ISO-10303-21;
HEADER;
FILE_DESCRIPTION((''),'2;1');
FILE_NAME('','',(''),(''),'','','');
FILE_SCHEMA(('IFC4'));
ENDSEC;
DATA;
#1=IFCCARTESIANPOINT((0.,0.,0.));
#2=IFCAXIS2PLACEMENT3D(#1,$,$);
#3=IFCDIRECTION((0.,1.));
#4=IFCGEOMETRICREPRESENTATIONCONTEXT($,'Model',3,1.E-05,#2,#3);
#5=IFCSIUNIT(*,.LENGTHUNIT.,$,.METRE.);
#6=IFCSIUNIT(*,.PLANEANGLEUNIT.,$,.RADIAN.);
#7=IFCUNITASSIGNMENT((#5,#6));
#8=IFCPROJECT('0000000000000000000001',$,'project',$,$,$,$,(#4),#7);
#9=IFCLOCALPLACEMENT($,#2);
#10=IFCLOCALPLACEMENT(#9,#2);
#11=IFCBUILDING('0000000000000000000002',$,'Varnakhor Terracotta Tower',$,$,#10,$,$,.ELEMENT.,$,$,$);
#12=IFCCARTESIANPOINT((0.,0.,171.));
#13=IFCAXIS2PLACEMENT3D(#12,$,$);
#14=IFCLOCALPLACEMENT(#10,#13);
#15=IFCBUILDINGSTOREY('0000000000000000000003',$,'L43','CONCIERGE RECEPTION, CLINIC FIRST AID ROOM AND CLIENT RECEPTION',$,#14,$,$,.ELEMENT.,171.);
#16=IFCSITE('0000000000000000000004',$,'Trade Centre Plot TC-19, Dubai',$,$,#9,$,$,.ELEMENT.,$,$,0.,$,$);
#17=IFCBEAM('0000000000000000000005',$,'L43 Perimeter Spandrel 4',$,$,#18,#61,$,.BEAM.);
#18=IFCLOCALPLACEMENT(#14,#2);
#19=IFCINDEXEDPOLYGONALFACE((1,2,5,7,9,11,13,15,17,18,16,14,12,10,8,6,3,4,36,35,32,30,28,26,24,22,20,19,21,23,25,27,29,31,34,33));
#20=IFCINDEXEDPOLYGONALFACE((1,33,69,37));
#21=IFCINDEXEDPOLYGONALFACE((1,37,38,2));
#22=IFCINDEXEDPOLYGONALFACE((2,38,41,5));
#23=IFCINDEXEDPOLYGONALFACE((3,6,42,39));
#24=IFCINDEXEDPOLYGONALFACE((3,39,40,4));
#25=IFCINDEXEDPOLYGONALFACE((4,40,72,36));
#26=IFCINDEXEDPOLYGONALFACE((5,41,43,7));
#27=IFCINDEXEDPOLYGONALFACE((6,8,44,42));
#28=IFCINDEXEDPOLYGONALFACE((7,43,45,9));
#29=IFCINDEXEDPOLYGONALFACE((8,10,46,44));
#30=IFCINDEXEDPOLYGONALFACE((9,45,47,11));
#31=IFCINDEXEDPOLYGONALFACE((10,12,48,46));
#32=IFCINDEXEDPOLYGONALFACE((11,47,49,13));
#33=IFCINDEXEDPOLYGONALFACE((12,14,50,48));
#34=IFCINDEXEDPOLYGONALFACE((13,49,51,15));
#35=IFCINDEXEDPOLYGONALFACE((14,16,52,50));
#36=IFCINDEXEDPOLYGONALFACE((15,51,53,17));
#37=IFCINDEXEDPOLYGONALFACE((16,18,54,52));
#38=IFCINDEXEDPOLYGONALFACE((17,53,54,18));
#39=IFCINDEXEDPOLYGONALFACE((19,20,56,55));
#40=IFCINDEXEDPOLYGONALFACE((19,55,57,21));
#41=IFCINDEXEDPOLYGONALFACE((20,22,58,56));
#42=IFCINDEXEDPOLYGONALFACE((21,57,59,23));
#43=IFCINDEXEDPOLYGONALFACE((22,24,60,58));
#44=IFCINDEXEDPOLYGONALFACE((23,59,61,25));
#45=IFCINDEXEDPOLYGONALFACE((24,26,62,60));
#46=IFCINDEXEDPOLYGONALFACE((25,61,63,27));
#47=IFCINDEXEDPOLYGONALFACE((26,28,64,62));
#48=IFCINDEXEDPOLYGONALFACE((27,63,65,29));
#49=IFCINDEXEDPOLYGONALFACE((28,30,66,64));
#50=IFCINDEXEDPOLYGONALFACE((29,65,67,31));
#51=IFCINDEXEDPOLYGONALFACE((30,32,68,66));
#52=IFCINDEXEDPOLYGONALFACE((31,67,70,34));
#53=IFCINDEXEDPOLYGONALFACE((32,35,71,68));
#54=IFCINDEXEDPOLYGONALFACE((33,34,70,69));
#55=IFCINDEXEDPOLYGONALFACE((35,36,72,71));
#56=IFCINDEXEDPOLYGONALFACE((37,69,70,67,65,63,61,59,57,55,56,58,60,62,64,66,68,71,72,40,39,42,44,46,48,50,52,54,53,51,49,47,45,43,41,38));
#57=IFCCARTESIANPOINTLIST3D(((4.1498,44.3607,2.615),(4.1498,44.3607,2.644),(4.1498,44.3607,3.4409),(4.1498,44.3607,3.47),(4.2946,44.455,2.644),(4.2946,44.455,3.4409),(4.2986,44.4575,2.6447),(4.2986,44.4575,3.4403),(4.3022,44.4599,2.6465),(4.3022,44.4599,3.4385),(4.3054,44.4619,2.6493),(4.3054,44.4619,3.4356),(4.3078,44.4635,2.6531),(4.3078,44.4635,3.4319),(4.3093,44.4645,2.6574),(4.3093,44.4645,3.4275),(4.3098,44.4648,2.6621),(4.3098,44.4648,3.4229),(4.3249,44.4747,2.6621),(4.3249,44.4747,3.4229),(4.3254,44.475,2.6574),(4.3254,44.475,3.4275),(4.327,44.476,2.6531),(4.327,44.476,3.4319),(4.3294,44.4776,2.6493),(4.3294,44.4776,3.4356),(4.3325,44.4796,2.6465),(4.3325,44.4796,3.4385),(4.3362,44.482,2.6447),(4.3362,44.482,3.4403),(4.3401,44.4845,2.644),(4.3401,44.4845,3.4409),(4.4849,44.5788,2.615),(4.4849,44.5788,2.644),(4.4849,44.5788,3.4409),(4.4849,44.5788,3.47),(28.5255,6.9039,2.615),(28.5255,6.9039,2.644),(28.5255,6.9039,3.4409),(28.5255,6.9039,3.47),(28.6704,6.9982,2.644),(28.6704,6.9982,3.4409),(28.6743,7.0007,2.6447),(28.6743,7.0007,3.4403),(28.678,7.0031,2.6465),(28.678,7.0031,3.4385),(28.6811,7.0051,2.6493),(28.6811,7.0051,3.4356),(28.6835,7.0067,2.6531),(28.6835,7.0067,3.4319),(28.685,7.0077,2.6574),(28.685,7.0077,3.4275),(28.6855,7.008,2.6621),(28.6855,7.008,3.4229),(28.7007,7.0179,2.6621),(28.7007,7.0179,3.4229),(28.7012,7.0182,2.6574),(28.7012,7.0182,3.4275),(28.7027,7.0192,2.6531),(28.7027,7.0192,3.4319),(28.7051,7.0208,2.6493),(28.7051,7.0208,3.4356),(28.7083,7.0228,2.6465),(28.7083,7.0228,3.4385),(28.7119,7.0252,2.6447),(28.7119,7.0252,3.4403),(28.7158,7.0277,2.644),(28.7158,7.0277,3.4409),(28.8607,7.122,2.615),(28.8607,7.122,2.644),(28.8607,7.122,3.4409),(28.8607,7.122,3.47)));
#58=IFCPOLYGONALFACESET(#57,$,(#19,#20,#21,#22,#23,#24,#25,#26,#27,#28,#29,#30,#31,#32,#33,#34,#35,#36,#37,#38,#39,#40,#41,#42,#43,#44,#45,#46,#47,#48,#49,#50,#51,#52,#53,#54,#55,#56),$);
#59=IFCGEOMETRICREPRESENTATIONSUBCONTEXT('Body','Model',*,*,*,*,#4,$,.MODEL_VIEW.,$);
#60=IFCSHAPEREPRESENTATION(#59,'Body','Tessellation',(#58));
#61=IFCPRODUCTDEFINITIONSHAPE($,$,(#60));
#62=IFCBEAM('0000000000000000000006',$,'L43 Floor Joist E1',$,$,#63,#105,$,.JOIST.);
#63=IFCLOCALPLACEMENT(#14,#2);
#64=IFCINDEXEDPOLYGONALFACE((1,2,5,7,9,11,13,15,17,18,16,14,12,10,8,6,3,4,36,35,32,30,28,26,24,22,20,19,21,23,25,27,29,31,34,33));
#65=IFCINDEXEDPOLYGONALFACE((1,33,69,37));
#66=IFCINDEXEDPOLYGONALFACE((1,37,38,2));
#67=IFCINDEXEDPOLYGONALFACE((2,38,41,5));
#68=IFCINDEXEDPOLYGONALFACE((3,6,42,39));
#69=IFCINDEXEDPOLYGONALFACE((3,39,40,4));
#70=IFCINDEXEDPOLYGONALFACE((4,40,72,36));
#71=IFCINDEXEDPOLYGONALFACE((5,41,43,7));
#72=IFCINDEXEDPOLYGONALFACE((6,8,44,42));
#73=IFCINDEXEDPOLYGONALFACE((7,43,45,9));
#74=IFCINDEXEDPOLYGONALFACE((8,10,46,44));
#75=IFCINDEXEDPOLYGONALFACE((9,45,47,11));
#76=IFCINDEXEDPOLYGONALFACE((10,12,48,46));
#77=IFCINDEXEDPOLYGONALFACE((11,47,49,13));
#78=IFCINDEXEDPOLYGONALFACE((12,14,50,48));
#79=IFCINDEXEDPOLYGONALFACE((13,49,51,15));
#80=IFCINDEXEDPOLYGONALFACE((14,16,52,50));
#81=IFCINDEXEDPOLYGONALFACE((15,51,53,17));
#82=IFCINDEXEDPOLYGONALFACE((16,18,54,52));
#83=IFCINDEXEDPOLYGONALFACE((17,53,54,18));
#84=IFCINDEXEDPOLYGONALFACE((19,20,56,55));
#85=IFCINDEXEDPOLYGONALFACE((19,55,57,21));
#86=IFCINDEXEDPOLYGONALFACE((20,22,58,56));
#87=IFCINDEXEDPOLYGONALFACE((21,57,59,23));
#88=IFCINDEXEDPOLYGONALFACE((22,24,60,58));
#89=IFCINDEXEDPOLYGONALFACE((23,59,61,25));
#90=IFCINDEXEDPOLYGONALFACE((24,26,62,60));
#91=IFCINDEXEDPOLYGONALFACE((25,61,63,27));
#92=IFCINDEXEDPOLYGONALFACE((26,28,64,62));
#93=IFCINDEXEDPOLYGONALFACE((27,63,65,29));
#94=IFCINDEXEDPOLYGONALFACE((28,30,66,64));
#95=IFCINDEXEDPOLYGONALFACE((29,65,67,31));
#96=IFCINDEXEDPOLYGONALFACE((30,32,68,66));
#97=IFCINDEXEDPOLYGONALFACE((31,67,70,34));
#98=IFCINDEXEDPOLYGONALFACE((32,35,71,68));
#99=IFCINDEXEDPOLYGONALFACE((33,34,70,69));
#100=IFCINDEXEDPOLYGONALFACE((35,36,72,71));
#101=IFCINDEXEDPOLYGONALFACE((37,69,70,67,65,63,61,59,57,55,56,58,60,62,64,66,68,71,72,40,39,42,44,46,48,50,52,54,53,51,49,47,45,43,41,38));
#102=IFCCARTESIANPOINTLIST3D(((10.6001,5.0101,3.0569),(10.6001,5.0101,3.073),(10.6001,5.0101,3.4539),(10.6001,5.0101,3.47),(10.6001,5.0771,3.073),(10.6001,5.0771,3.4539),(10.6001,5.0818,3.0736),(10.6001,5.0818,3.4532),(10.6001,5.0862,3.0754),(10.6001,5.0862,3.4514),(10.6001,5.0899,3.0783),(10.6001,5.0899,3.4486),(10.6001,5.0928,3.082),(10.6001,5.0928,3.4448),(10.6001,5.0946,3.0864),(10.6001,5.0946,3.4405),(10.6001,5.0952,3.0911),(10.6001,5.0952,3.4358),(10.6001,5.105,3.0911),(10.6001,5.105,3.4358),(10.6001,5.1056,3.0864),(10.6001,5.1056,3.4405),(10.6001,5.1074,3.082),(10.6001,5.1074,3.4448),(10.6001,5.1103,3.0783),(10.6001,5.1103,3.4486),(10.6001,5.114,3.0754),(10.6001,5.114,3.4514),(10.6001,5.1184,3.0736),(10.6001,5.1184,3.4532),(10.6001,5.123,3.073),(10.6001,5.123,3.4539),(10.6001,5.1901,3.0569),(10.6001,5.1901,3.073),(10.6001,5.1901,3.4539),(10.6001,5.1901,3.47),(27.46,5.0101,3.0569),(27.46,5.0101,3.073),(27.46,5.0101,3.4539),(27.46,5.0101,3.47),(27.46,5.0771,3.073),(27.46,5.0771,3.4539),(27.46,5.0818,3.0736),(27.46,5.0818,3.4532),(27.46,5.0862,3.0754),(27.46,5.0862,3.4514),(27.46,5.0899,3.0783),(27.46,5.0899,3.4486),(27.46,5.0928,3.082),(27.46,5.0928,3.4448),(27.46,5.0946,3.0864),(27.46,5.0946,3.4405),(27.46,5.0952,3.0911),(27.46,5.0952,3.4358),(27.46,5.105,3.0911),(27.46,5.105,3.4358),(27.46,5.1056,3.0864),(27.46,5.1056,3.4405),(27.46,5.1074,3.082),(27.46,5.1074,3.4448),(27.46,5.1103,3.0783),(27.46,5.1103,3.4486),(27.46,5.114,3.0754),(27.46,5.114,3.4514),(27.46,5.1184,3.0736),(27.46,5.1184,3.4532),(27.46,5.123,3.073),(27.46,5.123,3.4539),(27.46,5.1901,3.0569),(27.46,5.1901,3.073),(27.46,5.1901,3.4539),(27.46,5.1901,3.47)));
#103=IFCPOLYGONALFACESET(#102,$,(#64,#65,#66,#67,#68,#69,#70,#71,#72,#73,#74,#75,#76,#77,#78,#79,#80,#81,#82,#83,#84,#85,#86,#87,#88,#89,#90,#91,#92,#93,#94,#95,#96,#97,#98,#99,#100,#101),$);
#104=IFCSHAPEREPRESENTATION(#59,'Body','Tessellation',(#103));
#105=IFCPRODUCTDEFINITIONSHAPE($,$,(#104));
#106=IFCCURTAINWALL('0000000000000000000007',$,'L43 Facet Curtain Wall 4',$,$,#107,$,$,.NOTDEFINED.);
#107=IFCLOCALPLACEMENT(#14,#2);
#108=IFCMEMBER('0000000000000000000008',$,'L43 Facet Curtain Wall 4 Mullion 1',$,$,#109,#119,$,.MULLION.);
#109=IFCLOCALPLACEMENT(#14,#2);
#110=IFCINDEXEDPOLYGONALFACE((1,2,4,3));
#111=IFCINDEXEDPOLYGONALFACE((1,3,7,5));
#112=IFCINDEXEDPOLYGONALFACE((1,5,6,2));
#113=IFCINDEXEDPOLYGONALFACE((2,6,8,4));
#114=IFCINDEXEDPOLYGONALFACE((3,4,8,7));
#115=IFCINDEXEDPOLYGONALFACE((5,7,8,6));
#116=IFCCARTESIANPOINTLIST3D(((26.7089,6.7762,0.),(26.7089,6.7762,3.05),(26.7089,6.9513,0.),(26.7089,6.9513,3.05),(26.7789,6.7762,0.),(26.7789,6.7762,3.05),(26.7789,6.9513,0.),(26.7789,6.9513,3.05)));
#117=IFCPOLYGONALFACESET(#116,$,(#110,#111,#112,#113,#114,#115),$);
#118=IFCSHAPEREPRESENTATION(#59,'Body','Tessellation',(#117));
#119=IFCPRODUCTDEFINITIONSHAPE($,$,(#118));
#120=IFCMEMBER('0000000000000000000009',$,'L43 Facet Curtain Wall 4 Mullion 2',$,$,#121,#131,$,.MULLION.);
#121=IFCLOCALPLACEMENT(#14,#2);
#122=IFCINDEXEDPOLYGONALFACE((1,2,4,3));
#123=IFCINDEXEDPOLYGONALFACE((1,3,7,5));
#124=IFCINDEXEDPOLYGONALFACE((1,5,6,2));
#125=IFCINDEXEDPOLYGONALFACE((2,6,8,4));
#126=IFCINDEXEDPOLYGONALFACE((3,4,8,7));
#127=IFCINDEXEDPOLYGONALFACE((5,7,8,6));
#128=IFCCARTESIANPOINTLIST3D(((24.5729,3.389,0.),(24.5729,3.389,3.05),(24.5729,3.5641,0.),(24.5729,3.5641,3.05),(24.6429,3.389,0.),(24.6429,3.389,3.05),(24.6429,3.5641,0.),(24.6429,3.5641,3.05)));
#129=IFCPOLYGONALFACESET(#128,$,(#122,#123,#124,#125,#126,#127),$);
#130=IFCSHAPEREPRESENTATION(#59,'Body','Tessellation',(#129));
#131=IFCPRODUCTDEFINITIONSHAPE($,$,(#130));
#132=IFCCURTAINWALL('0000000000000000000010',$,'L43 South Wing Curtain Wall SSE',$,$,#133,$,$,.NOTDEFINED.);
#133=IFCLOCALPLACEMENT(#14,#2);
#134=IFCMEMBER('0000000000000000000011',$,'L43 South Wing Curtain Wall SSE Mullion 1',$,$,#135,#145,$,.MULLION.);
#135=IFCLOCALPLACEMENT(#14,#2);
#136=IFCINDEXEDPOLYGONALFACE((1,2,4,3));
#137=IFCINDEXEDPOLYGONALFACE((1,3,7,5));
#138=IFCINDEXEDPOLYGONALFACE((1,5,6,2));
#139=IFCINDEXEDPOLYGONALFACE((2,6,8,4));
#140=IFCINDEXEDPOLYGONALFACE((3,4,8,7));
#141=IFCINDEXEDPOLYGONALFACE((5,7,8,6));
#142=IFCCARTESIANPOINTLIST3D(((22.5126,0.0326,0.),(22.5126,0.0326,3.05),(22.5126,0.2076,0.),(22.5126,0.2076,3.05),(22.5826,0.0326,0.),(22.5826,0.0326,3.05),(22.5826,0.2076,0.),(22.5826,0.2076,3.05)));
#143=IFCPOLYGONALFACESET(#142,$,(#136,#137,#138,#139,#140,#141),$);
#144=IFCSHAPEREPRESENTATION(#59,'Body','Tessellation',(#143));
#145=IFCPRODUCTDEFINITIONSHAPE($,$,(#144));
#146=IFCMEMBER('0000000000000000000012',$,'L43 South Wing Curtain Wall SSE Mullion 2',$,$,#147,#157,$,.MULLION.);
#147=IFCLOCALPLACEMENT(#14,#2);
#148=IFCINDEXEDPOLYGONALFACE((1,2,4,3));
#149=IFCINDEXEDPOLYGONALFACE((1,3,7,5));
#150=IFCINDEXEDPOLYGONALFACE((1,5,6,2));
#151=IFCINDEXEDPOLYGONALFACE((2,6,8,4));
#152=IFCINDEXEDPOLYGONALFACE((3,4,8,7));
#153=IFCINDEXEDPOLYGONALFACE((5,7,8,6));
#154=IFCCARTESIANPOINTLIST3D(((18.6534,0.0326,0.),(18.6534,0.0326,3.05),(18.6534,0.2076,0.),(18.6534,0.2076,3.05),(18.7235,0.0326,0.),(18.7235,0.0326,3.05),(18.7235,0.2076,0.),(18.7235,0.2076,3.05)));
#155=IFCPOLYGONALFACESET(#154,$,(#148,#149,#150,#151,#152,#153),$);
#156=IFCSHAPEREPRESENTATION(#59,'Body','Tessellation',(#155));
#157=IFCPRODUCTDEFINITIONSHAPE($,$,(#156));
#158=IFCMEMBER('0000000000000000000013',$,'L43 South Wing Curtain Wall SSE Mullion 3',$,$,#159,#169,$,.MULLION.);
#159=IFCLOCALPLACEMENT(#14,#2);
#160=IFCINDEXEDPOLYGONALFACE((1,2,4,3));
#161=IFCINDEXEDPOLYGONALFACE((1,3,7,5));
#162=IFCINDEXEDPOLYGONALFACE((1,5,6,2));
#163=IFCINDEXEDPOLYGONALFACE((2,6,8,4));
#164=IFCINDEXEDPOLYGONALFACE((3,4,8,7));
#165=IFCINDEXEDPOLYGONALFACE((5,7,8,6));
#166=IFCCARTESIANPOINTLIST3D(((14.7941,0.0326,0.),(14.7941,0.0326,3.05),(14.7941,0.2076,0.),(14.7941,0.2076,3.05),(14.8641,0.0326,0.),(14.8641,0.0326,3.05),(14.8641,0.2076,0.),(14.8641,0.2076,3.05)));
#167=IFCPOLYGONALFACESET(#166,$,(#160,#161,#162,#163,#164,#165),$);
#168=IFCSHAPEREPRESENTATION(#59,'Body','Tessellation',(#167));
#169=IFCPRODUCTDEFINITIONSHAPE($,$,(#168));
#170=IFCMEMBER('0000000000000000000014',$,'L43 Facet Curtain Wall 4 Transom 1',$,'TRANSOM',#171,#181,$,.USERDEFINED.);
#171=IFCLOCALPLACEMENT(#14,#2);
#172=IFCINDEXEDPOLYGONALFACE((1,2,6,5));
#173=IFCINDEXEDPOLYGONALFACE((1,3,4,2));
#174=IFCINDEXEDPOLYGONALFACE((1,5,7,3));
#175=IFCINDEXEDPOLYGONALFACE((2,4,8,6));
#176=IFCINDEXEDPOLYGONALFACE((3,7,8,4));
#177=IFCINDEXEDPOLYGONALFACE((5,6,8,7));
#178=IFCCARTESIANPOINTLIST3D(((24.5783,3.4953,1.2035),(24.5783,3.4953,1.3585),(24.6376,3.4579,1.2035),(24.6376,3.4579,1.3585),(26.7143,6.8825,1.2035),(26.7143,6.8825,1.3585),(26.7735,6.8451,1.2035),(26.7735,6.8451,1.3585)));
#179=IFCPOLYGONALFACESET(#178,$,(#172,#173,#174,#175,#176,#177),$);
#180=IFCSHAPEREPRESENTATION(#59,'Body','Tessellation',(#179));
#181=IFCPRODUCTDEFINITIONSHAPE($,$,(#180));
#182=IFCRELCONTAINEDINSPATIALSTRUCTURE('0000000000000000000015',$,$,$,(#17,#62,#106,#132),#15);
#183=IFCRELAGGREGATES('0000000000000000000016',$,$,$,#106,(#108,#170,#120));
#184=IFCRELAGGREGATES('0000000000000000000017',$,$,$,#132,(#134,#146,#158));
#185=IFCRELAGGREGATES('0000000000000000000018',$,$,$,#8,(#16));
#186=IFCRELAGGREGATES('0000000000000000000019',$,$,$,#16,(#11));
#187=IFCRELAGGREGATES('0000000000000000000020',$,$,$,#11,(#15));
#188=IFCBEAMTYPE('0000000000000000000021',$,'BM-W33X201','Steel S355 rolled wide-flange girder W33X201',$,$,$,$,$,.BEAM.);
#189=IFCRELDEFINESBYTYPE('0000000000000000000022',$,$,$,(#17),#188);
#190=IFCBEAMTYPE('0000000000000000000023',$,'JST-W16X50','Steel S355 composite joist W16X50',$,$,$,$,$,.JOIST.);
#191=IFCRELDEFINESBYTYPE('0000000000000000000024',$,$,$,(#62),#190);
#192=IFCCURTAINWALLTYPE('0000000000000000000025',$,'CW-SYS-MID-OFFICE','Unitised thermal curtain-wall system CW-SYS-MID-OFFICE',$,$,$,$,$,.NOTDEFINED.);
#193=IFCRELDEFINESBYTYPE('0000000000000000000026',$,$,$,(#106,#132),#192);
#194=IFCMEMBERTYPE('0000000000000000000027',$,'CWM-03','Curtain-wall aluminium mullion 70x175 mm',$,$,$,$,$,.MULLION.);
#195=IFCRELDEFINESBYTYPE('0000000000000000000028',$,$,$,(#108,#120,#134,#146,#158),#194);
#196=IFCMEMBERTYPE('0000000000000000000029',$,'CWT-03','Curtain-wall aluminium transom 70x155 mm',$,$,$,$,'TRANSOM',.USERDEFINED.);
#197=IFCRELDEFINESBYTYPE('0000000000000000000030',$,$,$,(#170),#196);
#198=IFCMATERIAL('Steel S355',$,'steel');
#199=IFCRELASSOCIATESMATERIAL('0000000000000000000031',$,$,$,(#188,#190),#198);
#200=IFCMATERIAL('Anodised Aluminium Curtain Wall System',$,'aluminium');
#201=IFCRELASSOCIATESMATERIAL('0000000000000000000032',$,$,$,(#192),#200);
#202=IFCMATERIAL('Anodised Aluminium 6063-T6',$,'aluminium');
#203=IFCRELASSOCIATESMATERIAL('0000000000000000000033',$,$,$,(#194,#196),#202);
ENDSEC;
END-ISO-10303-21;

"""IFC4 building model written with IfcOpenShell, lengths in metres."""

from ifc_helpers import new_model, si_unit, direction, frame, origin, origin_2d, place, context, subcontext, project, spatial, rectangle, i_section, extrude, source, transform, mapped, material, material_profile, profile_set, type_object, element, aggregate, save


model = new_model("IFC4")

# Units and contexts
model_context = context("Model", 3, precision=1e-05, world=origin(), true_north=direction((0.0, 1.0)))
body_context = subcontext(model_context, "Body", "Model", "MODEL_VIEW")
ifc_project = project(units=[si_unit("LENGTHUNIT", "METRE"), si_unit("PLANEANGLEUNIT", "RADIAN")], contexts=[model_context])

# Site, building, storey
site_placement = place(None, origin())
site = spatial("IfcSite", under=ifc_project, at=site_placement, Name="Trade Centre Plot TC-19, Dubai", CompositionType="ELEMENT", RefElevation=0.0)
building_placement = place(site_placement, origin())
building = spatial("IfcBuilding", under=site, at=building_placement, Name="Varnakhor Terracotta Tower", CompositionType="ELEMENT")
storey_placement = place(building_placement, frame((0.0, 0.0, 171.0)))
storey = spatial("IfcBuildingStorey", under=building, at=storey_placement, Name="L43", Description="CONCIERGE RECEPTION, CLINIC FIRST AID ROOM AND CLIENT RECEPTION", CompositionType="ELEMENT", Elevation=171.0)

# Beams
ifc_material_1 = material(Name="Steel S355", Category="steel")
ifc_material_profile_1 = material_profile(ifc_material_1, i_section(OverallWidth=0.3999, OverallDepth=0.855, WebThickness=0.0181, FlangeThickness=0.0291, FilletRadius=0.0181, at=origin_2d()), Name="W33X201")
ifc_profile_set_1 = profile_set([ifc_material_profile_1], Name="Steel S355")
beam_type_1 = type_object("IfcBeamType", Name="BM-W33X201", Description="Steel S355 rolled wide-flange girder W33X201", PredefinedType="BEAM", material=ifc_profile_set_1)
shared_shape_1 = source(origin(), body_context, "Body", "SweptSolid", [
    extrude(i_section(OverallWidth=0.3999, OverallDepth=0.855, WebThickness=0.0181, FlangeThickness=0.0291, FilletRadius=0.0181, at=origin_2d()), origin(), (0.0, 0.0, 1.0), 44.6899),
])
beam_1_placement = place(storey_placement, frame((28.6931, 7.0129, 3.0425), z_axis=(-0.545442, 0.838149, 0.0), x_axis=(-0.838149, -0.545442, 0.0)))
element("IfcBeam", 1, at=beam_1_placement, inside=storey, type_object=beam_type_1, Name="L43 Perimeter Spandrel 4", PredefinedType="BEAM", context=body_context, shape_type="MappedRepresentation", body=[
    mapped(shared_shape_1, transform((0.0, 0.0, 0.0), scale=1.0)),
])
ifc_material_profile_2 = material_profile(ifc_material_1, i_section(OverallWidth=0.1799, OverallDepth=0.4131, WebThickness=0.0098, FlangeThickness=0.0161, FilletRadius=0.0181, at=origin_2d()), Name="W16X50")
ifc_profile_set_2 = profile_set([ifc_material_profile_2], Name="Steel S355")
beam_type_2 = type_object("IfcBeamType", Name="JST-W16X50", Description="Steel S355 composite joist W16X50", PredefinedType="JOIST", material=ifc_profile_set_2)
shared_shape_2 = source(origin(), body_context, "Body", "SweptSolid", [
    extrude(i_section(OverallWidth=0.1799, OverallDepth=0.4131, WebThickness=0.0098, FlangeThickness=0.0161, FilletRadius=0.0181, at=origin_2d()), origin(), (0.0, 0.0, 1.0), 16.8599),
])
beam_2_placement = place(storey_placement, frame((10.6001, 5.1001, 3.2634), z_axis=(1.0, 0.0, 0.0), x_axis=(0.0, 1.0, 0.0)))
element("IfcBeam", 2, at=beam_2_placement, inside=storey, type_object=beam_type_2, Name="L43 Floor Joist E1", PredefinedType="JOIST", context=body_context, shape_type="MappedRepresentation", body=[
    mapped(shared_shape_2, transform((0.0, 0.0, 0.0), scale=1.0)),
])

# Curtain walls, members
ifc_material_2 = material(Name="Anodised Aluminium Curtain Wall System", Category="aluminium")
curtain_wall_type = type_object("IfcCurtainWallType", Name="CW-SYS-MID-OFFICE", Description="Unitised thermal curtain-wall system CW-SYS-MID-OFFICE", PredefinedType="NOTDEFINED", material=ifc_material_2)
curtain_wall_1_placement = place(storey_placement, origin())
curtain_wall_1 = element("IfcCurtainWall", 3, at=curtain_wall_1_placement, inside=storey, type_object=curtain_wall_type, Name="L43 Facet Curtain Wall 4", PredefinedType="NOTDEFINED")
ifc_material_3 = material(Name="Anodised Aluminium 6063-T6", Category="aluminium")
ifc_material_profile_3 = material_profile(ifc_material_3, rectangle(XDim=0.0701, YDim=0.175, at=origin_2d()), Name="ALU MULLION 70x175")
ifc_profile_set_3 = profile_set([ifc_material_profile_3], Name="Anodised Aluminium 6063-T6")
member_type_1 = type_object("IfcMemberType", Name="CWM-03", Description="Curtain-wall aluminium mullion 70x175 mm", PredefinedType="MULLION", material=ifc_profile_set_3)
shared_shape_3 = source(origin(), body_context, "Body", "SweptSolid", [
    extrude(rectangle(XDim=0.0701, YDim=0.175, at=origin_2d()), origin(), (0.0, 0.0, 1.0), 3.05),
])
member_1_placement = place(storey_placement, frame((26.7439, 6.8638, 0.0), z_axis=(0.0, 0.0, 1.0), x_axis=(1.0, 0.0, 0.0)))
member_1 = element("IfcMember", 4, at=member_1_placement, type_object=member_type_1, Name="L43 Facet Curtain Wall 4 Mullion 1", PredefinedType="MULLION", context=body_context, shape_type="MappedRepresentation", body=[
    mapped(shared_shape_3, transform((0.0, 0.0, 0.0), scale=1.0)),
])
member_2_placement = place(storey_placement, frame((24.6079, 3.4766, 0.0), z_axis=(0.0, 0.0, 1.0), x_axis=(1.0, 0.0, 0.0)))
member_2 = element("IfcMember", 5, at=member_2_placement, type_object=member_type_1, Name="L43 Facet Curtain Wall 4 Mullion 2", PredefinedType="MULLION", context=body_context, shape_type="MappedRepresentation", body=[
    mapped(shared_shape_3, transform((0.0, 0.0, 0.0), scale=1.0)),
])
curtain_wall_2_placement = place(storey_placement, origin())
curtain_wall_2 = element("IfcCurtainWall", 6, at=curtain_wall_2_placement, inside=storey, type_object=curtain_wall_type, Name="L43 South Wing Curtain Wall SSE", PredefinedType="NOTDEFINED")
member_3_placement = place(storey_placement, frame((22.5476, 0.1201, 0.0), z_axis=(0.0, 0.0, 1.0), x_axis=(1.0, 0.0, 0.0)))
member_3 = element("IfcMember", 7, at=member_3_placement, type_object=member_type_1, Name="L43 South Wing Curtain Wall SSE Mullion 1", PredefinedType="MULLION", context=body_context, shape_type="MappedRepresentation", body=[
    mapped(shared_shape_3, transform((0.0, 0.0, 0.0), scale=1.0)),
])
member_4_placement = place(storey_placement, frame((18.6885, 0.1201, 0.0), z_axis=(0.0, 0.0, 1.0), x_axis=(1.0, 0.0, 0.0)))
member_4 = element("IfcMember", 8, at=member_4_placement, type_object=member_type_1, Name="L43 South Wing Curtain Wall SSE Mullion 2", PredefinedType="MULLION", context=body_context, shape_type="MappedRepresentation", body=[
    mapped(shared_shape_3, transform((0.0, 0.0, 0.0), scale=1.0)),
])
member_5_placement = place(storey_placement, frame((14.8291, 0.1201, 0.0), z_axis=(0.0, 0.0, 1.0), x_axis=(1.0, 0.0, 0.0)))
member_5 = element("IfcMember", 9, at=member_5_placement, type_object=member_type_1, Name="L43 South Wing Curtain Wall SSE Mullion 3", PredefinedType="MULLION", context=body_context, shape_type="MappedRepresentation", body=[
    mapped(shared_shape_3, transform((0.0, 0.0, 0.0), scale=1.0)),
])

# Member
ifc_material_profile_4 = material_profile(ifc_material_3, rectangle(XDim=0.0701, YDim=0.155, at=origin_2d()), Name="ALU TRANSOM 70x155")
ifc_profile_set_4 = profile_set([ifc_material_profile_4], Name="Anodised Aluminium 6063-T6")
member_type_2 = type_object("IfcMemberType", Name="CWT-03", Description="Curtain-wall aluminium transom 70x155 mm", ElementType="TRANSOM", PredefinedType="USERDEFINED", material=ifc_profile_set_4)
shared_shape_4 = source(origin(), body_context, "Body", "SweptSolid", [
    extrude(rectangle(XDim=0.0701, YDim=0.155, at=origin_2d()), origin(), (0.0, 0.0, 1.0), 4.0044),
])
member_6_placement = place(storey_placement, frame((26.7439, 6.8638, 1.281), z_axis=(-0.533403, -0.845861, 0.0), x_axis=(0.845861, -0.533403, 0.0)))
member_6 = element("IfcMember", 10, at=member_6_placement, type_object=member_type_2, Name="L43 Facet Curtain Wall 4 Transom 1", ObjectType="TRANSOM", PredefinedType="USERDEFINED", context=body_context, shape_type="MappedRepresentation", body=[
    mapped(shared_shape_4, transform((0.0, 0.0, 0.0), scale=1.0)),
])

aggregate(curtain_wall_1, [member_1, member_6, member_2])
aggregate(curtain_wall_2, [member_3, member_4, member_5])

save(model, "model.ifc")
